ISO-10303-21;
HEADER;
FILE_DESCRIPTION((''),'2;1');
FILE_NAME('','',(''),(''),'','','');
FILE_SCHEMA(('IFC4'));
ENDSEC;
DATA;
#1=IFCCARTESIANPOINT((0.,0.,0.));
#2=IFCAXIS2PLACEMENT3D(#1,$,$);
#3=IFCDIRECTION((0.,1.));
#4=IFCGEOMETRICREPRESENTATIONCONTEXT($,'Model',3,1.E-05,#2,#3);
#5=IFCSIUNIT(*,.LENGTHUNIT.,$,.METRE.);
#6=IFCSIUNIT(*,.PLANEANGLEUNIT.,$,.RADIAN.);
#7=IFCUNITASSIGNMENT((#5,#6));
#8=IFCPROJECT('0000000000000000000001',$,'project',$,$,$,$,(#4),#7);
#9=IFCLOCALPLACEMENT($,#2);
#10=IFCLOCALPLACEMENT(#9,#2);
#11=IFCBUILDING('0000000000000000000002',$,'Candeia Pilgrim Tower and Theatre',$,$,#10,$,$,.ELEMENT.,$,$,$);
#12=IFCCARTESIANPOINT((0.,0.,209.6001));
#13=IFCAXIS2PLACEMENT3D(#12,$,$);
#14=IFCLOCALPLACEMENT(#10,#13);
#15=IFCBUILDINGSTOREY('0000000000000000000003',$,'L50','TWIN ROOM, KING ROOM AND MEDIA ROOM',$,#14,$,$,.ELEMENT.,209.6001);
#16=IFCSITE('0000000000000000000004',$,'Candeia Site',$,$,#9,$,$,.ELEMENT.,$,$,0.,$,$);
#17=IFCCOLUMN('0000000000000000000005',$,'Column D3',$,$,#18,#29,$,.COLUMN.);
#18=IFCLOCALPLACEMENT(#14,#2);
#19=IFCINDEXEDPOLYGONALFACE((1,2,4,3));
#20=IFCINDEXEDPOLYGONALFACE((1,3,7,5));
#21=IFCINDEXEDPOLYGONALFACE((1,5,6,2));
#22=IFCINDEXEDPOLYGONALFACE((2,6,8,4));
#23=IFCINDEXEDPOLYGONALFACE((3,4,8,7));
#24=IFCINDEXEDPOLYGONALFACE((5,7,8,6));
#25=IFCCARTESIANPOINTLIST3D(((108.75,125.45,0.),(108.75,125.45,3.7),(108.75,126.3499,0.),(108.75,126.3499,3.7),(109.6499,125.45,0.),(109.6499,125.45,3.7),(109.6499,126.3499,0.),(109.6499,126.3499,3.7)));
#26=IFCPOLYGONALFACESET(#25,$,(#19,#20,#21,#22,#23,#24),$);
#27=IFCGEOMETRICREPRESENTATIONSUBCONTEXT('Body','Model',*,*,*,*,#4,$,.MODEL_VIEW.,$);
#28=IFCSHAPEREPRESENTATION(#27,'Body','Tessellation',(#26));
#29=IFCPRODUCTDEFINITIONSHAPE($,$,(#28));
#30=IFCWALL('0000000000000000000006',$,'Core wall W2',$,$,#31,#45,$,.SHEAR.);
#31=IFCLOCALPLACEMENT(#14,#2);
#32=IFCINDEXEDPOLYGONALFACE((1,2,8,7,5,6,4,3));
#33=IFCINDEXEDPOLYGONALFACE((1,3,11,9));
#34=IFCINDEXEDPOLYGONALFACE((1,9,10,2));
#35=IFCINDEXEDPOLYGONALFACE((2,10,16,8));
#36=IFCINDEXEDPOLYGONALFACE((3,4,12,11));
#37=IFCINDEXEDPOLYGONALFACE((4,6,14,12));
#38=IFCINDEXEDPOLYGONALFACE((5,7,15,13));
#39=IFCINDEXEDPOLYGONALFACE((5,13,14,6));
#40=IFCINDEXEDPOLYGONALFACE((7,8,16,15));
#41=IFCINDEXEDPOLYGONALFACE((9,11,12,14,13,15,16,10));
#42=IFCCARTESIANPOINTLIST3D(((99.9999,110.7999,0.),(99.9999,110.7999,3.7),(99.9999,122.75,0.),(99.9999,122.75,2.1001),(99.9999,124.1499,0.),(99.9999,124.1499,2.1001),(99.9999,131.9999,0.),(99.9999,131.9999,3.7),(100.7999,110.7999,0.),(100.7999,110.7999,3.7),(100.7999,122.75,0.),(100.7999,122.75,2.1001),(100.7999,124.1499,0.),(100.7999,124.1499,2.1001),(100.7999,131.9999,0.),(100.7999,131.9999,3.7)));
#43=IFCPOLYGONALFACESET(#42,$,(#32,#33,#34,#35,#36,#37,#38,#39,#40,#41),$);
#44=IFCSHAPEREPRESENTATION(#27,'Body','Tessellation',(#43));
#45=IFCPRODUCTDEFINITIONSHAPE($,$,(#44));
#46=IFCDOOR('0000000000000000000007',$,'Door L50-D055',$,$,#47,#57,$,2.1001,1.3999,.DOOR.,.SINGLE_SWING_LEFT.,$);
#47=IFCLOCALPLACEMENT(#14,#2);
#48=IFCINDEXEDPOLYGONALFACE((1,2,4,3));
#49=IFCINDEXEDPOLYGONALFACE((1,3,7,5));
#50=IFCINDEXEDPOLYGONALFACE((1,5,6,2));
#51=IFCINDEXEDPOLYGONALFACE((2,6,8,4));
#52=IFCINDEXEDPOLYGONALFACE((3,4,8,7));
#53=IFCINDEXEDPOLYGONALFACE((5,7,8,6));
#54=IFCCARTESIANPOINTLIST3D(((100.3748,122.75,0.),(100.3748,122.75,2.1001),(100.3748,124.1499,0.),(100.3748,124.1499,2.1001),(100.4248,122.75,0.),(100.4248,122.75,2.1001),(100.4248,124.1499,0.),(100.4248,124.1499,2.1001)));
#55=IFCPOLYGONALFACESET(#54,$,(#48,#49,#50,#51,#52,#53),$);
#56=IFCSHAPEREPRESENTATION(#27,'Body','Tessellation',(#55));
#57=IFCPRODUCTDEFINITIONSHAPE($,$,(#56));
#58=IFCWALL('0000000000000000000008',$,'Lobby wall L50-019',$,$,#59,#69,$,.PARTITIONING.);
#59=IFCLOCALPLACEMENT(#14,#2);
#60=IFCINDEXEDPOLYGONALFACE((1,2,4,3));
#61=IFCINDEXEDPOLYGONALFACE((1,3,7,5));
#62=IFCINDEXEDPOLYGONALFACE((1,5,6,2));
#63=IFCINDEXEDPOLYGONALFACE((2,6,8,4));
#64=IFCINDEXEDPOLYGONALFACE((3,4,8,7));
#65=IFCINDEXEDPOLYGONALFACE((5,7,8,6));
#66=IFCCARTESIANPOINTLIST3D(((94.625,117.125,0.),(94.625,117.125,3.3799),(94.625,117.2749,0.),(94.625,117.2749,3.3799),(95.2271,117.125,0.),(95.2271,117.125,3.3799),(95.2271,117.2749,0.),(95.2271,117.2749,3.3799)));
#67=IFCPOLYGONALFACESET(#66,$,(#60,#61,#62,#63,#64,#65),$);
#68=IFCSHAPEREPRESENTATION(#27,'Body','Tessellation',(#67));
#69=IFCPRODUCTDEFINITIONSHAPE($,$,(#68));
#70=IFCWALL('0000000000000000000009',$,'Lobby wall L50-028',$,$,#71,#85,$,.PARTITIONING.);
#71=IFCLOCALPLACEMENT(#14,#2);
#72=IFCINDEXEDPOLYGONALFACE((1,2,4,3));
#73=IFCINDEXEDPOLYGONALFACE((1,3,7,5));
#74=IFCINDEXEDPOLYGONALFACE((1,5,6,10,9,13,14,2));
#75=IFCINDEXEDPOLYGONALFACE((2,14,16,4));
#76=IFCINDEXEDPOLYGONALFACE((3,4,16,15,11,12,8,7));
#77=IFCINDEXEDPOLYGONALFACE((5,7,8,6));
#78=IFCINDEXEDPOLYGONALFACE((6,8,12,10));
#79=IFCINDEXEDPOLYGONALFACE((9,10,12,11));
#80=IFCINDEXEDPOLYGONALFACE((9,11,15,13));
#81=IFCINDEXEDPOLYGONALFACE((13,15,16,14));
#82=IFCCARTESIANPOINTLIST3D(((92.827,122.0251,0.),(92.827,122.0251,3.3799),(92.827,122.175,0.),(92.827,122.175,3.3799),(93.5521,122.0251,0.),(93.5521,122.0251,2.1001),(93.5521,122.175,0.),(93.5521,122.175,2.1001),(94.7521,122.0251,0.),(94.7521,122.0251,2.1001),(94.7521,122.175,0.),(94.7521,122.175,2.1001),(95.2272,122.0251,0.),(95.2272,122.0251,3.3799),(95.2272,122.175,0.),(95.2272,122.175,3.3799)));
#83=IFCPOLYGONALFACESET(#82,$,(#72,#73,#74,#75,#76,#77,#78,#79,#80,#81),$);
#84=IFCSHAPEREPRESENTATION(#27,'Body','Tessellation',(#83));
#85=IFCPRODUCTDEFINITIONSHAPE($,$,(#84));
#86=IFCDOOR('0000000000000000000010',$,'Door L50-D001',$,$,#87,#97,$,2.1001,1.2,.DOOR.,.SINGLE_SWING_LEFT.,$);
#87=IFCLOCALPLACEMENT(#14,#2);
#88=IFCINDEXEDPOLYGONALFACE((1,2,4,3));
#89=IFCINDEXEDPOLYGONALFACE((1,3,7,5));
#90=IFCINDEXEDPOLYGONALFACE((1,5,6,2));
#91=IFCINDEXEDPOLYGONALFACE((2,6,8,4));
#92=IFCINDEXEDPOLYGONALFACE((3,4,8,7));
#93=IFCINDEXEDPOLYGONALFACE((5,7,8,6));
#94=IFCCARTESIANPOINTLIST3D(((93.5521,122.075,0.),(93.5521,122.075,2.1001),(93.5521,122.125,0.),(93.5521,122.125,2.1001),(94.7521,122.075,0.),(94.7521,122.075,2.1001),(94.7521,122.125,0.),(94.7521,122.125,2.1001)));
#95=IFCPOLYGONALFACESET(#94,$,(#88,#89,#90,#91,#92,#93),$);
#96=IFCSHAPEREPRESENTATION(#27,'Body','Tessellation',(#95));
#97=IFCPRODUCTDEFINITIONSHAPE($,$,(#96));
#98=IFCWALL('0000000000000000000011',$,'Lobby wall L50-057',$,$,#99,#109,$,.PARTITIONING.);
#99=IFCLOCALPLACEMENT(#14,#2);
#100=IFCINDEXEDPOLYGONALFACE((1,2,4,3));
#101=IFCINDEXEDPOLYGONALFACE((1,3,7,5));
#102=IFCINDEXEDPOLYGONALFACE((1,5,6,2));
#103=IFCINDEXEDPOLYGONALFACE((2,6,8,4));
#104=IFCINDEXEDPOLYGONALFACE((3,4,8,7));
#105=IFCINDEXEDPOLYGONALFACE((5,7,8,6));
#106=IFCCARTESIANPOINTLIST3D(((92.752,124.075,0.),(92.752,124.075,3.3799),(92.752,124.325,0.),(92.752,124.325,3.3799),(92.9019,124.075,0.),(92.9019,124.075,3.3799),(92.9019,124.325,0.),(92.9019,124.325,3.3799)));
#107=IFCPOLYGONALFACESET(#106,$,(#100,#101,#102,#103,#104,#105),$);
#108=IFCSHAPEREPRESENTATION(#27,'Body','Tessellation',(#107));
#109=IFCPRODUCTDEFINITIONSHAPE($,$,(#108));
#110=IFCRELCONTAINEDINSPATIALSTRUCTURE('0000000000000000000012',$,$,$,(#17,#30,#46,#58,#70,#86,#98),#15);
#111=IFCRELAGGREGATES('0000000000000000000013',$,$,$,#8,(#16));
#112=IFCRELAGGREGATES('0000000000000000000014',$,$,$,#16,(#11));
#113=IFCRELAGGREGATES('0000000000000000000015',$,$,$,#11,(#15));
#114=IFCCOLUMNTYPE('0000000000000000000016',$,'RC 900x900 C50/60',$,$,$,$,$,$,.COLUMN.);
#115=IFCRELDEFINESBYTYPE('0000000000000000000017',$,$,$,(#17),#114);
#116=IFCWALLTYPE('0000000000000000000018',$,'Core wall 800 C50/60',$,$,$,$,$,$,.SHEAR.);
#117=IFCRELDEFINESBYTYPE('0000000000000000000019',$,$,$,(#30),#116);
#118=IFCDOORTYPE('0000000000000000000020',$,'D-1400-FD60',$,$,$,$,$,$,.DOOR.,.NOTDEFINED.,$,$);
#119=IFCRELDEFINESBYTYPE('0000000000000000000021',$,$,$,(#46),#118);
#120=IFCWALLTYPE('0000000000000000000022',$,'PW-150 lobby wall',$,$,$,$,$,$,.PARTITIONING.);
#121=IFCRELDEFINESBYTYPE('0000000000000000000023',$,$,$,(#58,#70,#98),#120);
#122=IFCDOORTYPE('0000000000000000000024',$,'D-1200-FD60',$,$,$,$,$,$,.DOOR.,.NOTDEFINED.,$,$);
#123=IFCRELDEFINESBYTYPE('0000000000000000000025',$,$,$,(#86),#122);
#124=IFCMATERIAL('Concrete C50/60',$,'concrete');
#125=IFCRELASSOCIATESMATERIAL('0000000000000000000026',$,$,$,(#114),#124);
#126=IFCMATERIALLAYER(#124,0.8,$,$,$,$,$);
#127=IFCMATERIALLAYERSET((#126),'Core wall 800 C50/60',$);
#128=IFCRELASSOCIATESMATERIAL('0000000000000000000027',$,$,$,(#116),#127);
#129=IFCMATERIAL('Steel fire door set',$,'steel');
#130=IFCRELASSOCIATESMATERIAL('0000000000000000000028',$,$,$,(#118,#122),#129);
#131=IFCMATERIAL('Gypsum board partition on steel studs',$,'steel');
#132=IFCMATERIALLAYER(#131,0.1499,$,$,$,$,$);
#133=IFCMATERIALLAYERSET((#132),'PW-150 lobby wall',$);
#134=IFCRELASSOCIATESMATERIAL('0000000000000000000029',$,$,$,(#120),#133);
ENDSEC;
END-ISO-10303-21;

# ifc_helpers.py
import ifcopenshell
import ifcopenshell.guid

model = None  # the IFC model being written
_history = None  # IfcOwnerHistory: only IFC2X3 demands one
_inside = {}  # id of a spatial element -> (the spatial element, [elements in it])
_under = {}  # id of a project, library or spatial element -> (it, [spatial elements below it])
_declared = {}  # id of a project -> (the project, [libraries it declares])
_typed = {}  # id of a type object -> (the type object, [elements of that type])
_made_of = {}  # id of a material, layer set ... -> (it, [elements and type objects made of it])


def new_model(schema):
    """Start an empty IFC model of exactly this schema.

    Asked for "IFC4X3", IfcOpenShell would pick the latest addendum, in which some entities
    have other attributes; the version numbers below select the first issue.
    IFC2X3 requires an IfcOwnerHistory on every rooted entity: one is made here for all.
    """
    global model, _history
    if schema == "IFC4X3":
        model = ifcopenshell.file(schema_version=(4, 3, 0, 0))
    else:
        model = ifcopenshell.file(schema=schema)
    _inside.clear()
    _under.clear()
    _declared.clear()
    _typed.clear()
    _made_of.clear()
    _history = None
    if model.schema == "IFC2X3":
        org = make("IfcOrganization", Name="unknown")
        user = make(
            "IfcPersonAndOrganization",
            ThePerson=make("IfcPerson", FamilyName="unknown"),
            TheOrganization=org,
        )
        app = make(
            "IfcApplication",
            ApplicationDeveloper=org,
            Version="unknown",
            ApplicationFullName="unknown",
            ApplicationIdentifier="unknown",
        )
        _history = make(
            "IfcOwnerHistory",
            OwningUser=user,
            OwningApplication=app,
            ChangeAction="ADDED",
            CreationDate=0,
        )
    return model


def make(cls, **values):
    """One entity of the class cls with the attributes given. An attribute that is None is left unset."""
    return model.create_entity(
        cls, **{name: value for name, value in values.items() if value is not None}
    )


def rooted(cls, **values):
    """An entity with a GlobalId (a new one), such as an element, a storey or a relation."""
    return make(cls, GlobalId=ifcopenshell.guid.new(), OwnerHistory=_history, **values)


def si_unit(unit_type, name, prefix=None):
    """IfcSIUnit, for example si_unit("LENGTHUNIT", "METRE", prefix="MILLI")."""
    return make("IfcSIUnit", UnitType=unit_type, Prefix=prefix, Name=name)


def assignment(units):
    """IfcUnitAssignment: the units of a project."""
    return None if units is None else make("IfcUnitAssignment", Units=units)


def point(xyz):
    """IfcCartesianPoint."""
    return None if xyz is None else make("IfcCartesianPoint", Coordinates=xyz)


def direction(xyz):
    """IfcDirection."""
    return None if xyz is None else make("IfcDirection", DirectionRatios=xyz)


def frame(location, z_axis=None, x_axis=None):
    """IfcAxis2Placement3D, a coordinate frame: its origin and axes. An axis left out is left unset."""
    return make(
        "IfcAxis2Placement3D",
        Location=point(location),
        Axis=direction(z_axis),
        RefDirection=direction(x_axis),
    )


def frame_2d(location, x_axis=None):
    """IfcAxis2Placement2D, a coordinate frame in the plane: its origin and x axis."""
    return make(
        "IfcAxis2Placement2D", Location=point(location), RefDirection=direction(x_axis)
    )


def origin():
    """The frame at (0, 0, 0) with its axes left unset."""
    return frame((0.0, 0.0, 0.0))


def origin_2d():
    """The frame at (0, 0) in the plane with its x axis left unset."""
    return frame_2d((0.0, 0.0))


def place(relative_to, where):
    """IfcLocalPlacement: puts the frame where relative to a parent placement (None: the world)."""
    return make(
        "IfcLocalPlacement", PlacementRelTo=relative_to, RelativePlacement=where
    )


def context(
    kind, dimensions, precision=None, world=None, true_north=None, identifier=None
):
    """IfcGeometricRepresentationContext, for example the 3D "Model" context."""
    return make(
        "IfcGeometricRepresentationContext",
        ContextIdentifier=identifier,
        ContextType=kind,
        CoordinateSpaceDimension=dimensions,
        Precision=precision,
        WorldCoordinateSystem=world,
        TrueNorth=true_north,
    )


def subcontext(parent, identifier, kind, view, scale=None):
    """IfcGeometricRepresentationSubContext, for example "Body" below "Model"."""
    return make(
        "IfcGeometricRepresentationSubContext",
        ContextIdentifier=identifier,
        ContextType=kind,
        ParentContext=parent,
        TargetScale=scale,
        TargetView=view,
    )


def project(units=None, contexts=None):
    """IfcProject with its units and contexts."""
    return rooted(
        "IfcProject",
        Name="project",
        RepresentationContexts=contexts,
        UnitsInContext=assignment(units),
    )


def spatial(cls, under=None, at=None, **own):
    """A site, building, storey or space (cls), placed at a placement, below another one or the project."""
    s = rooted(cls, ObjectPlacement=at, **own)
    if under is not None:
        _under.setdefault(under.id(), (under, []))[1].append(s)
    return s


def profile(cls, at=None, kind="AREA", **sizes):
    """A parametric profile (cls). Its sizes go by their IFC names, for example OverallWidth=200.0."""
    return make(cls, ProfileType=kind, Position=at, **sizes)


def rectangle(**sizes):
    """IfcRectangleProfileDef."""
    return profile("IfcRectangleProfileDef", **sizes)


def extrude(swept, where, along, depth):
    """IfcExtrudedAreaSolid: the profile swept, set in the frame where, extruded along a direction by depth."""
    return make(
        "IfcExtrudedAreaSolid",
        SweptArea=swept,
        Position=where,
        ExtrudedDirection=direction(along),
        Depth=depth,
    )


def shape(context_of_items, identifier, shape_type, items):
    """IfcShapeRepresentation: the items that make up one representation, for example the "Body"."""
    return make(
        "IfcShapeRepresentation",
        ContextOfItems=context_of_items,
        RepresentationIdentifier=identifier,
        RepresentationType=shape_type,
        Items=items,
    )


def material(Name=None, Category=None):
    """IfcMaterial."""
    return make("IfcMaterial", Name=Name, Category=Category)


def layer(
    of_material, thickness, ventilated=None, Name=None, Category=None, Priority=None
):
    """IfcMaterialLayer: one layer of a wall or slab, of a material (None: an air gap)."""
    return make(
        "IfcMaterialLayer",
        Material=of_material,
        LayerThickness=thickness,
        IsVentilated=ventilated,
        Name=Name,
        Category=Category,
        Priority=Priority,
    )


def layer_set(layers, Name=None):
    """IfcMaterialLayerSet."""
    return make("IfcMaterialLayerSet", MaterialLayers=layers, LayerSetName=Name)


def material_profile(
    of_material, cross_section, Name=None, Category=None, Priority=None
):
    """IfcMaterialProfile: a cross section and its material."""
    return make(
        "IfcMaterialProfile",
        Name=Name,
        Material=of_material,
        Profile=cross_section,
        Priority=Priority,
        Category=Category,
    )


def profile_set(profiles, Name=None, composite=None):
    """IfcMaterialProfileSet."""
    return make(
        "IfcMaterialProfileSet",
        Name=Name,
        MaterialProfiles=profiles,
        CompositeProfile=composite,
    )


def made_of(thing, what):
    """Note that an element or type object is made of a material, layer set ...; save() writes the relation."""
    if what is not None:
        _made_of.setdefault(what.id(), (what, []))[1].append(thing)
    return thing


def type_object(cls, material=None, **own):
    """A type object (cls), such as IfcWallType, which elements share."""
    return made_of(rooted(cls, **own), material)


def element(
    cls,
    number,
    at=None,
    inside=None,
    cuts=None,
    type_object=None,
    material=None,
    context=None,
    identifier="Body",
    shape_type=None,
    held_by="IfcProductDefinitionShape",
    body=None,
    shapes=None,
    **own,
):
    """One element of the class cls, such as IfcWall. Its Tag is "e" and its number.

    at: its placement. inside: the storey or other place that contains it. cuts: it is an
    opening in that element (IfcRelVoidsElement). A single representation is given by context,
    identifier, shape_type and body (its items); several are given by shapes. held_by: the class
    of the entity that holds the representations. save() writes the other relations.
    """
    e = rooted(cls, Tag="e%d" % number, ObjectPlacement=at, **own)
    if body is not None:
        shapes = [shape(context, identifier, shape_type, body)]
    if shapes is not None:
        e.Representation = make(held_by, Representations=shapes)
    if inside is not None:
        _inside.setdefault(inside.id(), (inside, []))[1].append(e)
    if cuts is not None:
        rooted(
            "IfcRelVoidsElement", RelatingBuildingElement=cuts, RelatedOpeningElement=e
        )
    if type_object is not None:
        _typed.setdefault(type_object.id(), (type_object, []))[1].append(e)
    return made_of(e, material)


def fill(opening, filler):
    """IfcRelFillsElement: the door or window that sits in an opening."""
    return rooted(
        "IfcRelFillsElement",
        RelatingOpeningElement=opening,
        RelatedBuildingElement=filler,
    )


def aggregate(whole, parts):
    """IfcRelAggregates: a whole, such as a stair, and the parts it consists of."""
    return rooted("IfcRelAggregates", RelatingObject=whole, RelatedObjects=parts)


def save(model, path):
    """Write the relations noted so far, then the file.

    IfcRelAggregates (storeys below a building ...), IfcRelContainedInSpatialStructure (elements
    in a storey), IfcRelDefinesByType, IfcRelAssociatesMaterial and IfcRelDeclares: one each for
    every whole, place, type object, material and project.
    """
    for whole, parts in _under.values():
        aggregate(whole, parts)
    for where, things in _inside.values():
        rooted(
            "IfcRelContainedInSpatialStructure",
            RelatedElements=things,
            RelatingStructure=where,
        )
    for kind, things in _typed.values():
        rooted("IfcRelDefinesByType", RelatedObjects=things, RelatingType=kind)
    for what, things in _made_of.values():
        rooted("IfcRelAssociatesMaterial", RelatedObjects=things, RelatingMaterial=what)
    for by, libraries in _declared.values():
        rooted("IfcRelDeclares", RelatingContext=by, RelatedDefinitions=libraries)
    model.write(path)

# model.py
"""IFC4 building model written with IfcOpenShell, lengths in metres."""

from ifc_helpers import new_model, si_unit, direction, frame, frame_2d, origin, origin_2d, place, context, subcontext, project, spatial, rectangle, extrude, material, layer, layer_set, material_profile, profile_set, type_object, element, fill, save


model = new_model("IFC4")

# Units and contexts
model_context = context("Model", 3, precision=1e-05, world=origin(), true_north=direction((0.0, 1.0)))
body_context = subcontext(model_context, "Body", "Model", "MODEL_VIEW")
ifc_project = project(units=[si_unit("LENGTHUNIT", "METRE"), si_unit("PLANEANGLEUNIT", "RADIAN")], contexts=[model_context])

# Site, building, storey
site_placement = place(None, origin())
site = spatial("IfcSite", under=ifc_project, at=site_placement, Name="Candeia Site", CompositionType="ELEMENT", RefElevation=0.0)
building_placement = place(site_placement, origin())
building = spatial("IfcBuilding", under=site, at=building_placement, Name="Candeia Pilgrim Tower and Theatre", CompositionType="ELEMENT")
storey_placement = place(building_placement, frame((0.0, 0.0, 209.6001)))
storey = spatial("IfcBuildingStorey", under=building, at=storey_placement, Name="L50", Description="TWIN ROOM, KING ROOM AND MEDIA ROOM", CompositionType="ELEMENT", Elevation=209.6001)

# Column
ifc_material_1 = material(Name="Concrete C50/60", Category="concrete")
ifc_material_profile = material_profile(ifc_material_1, rectangle(XDim=0.8999, YDim=0.8999, at=origin_2d()))
ifc_profile_set = profile_set([ifc_material_profile], Name="Concrete C50/60")
column_type = type_object("IfcColumnType", Name="RC 900x900 C50/60", PredefinedType="COLUMN", material=ifc_profile_set)
column_placement = place(storey_placement, frame((109.2, 125.8999, 0.0), z_axis=(0.0, 0.0, 1.0), x_axis=(1.0, 0.0, 0.0)))
element("IfcColumn", 1, at=column_placement, inside=storey, type_object=column_type, Name="Column D3", PredefinedType="COLUMN", context=body_context, shape_type="SweptSolid", body=[
    extrude(rectangle(XDim=0.8999, YDim=0.8999, at=origin_2d()), origin(), (0.0, 0.0, 1.0), 3.7),
])

# Wall, opening, door
ifc_layer_1 = layer(ifc_material_1, 0.8)
ifc_layer_set_1 = layer_set([ifc_layer_1], Name="Core wall 800 C50/60")
wall_type_1 = type_object("IfcWallType", Name="Core wall 800 C50/60", PredefinedType="SHEAR", material=ifc_layer_set_1)
wall_1_placement = place(storey_placement, frame((100.3999, 132.0, 0.0), z_axis=(0.0, 0.0, 1.0), x_axis=(0.0, -1.0, 0.0)))
wall_1 = element("IfcWall", 2, at=wall_1_placement, inside=storey, type_object=wall_type_1, Name="Core wall W2", PredefinedType="SHEAR", context=body_context, shape_type="SweptSolid", body=[
    extrude(rectangle(XDim=21.2, YDim=0.8, at=frame_2d((10.6001, 0.0))), origin(), (0.0, 0.0, 1.0), 3.7),
])
opening_1_placement = place(wall_1_placement, frame((7.8501, 0.0, 0.0)))
opening_1 = element("IfcOpeningElement", 3, at=opening_1_placement, cuts=wall_1, PredefinedType="OPENING", context=body_context, shape_type="SweptSolid", body=[
    extrude(rectangle(XDim=1.3999, YDim=2.1001, at=frame_2d((0.7, 1.05))), frame((0.0, 0.4102, 0.0), z_axis=(0.0, -1.0, 0.0), x_axis=(1.0, 0.0, 0.0)), (0.0, 0.0, 1.0), 0.8201),
])
ifc_material_2 = material(Name="Steel fire door set", Category="steel")
door_type_1 = type_object("IfcDoorType", Name="D-1400-FD60", OperationType="NOTDEFINED", PredefinedType="DOOR", material=ifc_material_2)
door_1_placement = place(opening_1_placement, origin())
door_1 = element("IfcDoor", 4, at=door_1_placement, inside=storey, type_object=door_type_1, Name="Door L50-D055", OperationType="SINGLE_SWING_LEFT", OverallHeight=2.1001, OverallWidth=1.3999, PredefinedType="DOOR", context=body_context, shape_type="SweptSolid", body=[
    extrude(rectangle(XDim=1.3999, YDim=2.1001, at=frame_2d((0.7, 1.05))), frame((0.0, 0.0249, 0.0), z_axis=(0.0, -1.0, 0.0), x_axis=(1.0, 0.0, 0.0)), (0.0, 0.0, 1.0), 0.05),
])
fill(opening_1, door_1)

# Wall
ifc_material_3 = material(Name="Gypsum board partition on steel studs", Category="steel")
ifc_layer_2 = layer(ifc_material_3, 0.1499)
ifc_layer_set_2 = layer_set([ifc_layer_2], Name="PW-150 lobby wall")
wall_type_2 = type_object("IfcWallType", Name="PW-150 lobby wall", PredefinedType="PARTITIONING", material=ifc_layer_set_2)
wall_2_placement = place(storey_placement, frame((94.625, 117.2, 0.0), z_axis=(0.0, 0.0, 1.0), x_axis=(1.0, 0.0, 0.0)))
element("IfcWall", 5, at=wall_2_placement, inside=storey, type_object=wall_type_2, Name="Lobby wall L50-019", PredefinedType="PARTITIONING", context=body_context, shape_type="SweptSolid", body=[
    extrude(rectangle(XDim=0.6021, YDim=0.1499, at=frame_2d((0.301, 0.0))), origin(), (0.0, 0.0, 1.0), 3.3799),
])

# Wall, opening, door
wall_3_placement = place(storey_placement, frame((92.8269, 122.1001, 0.0), z_axis=(0.0, 0.0, 1.0), x_axis=(1.0, 0.0, 0.0)))
wall_3 = element("IfcWall", 6, at=wall_3_placement, inside=storey, type_object=wall_type_2, Name="Lobby wall L50-028", PredefinedType="PARTITIONING", context=body_context, shape_type="SweptSolid", body=[
    extrude(rectangle(XDim=2.4001, YDim=0.1499, at=frame_2d((1.2002, 0.0))), origin(), (0.0, 0.0, 1.0), 3.3799),
])
opening_2_placement = place(wall_3_placement, frame((0.7251, 0.0, 0.0)))
opening_2 = element("IfcOpeningElement", 7, at=opening_2_placement, cuts=wall_3, PredefinedType="OPENING", context=body_context, shape_type="SweptSolid", body=[
    extrude(rectangle(XDim=1.2, YDim=2.1001, at=frame_2d((0.6001, 1.05))), frame((0.0, 0.085, 0.0), z_axis=(0.0, -1.0, 0.0), x_axis=(1.0, 0.0, 0.0)), (0.0, 0.0, 1.0), 0.1699),
])
door_type_2 = type_object("IfcDoorType", Name="D-1200-FD60", OperationType="NOTDEFINED", PredefinedType="DOOR", material=ifc_material_2)
door_2_placement = place(opening_2_placement, origin())
door_2 = element("IfcDoor", 8, at=door_2_placement, inside=storey, type_object=door_type_2, Name="Door L50-D001", OperationType="SINGLE_SWING_LEFT", OverallHeight=2.1001, OverallWidth=1.2, PredefinedType="DOOR", context=body_context, shape_type="SweptSolid", body=[
    extrude(rectangle(XDim=1.2, YDim=2.1001, at=frame_2d((0.6001, 1.05))), frame((0.0, 0.0249, 0.0), z_axis=(0.0, -1.0, 0.0), x_axis=(1.0, 0.0, 0.0)), (0.0, 0.0, 1.0), 0.05),
])
fill(opening_2, door_2)

# Wall
wall_4_placement = place(storey_placement, frame((92.8269, 124.075, 0.0), z_axis=(0.0, 0.0, 1.0), x_axis=(0.0, 1.0, 0.0)))
element("IfcWall", 9, at=wall_4_placement, inside=storey, type_object=wall_type_2, Name="Lobby wall L50-057", PredefinedType="PARTITIONING", context=body_context, shape_type="SweptSolid", body=[
    extrude(rectangle(XDim=0.25, YDim=0.1499, at=frame_2d((0.125, 0.0))), origin(), (0.0, 0.0, 1.0), 3.3799),
])

save(model, "model.ifc")
